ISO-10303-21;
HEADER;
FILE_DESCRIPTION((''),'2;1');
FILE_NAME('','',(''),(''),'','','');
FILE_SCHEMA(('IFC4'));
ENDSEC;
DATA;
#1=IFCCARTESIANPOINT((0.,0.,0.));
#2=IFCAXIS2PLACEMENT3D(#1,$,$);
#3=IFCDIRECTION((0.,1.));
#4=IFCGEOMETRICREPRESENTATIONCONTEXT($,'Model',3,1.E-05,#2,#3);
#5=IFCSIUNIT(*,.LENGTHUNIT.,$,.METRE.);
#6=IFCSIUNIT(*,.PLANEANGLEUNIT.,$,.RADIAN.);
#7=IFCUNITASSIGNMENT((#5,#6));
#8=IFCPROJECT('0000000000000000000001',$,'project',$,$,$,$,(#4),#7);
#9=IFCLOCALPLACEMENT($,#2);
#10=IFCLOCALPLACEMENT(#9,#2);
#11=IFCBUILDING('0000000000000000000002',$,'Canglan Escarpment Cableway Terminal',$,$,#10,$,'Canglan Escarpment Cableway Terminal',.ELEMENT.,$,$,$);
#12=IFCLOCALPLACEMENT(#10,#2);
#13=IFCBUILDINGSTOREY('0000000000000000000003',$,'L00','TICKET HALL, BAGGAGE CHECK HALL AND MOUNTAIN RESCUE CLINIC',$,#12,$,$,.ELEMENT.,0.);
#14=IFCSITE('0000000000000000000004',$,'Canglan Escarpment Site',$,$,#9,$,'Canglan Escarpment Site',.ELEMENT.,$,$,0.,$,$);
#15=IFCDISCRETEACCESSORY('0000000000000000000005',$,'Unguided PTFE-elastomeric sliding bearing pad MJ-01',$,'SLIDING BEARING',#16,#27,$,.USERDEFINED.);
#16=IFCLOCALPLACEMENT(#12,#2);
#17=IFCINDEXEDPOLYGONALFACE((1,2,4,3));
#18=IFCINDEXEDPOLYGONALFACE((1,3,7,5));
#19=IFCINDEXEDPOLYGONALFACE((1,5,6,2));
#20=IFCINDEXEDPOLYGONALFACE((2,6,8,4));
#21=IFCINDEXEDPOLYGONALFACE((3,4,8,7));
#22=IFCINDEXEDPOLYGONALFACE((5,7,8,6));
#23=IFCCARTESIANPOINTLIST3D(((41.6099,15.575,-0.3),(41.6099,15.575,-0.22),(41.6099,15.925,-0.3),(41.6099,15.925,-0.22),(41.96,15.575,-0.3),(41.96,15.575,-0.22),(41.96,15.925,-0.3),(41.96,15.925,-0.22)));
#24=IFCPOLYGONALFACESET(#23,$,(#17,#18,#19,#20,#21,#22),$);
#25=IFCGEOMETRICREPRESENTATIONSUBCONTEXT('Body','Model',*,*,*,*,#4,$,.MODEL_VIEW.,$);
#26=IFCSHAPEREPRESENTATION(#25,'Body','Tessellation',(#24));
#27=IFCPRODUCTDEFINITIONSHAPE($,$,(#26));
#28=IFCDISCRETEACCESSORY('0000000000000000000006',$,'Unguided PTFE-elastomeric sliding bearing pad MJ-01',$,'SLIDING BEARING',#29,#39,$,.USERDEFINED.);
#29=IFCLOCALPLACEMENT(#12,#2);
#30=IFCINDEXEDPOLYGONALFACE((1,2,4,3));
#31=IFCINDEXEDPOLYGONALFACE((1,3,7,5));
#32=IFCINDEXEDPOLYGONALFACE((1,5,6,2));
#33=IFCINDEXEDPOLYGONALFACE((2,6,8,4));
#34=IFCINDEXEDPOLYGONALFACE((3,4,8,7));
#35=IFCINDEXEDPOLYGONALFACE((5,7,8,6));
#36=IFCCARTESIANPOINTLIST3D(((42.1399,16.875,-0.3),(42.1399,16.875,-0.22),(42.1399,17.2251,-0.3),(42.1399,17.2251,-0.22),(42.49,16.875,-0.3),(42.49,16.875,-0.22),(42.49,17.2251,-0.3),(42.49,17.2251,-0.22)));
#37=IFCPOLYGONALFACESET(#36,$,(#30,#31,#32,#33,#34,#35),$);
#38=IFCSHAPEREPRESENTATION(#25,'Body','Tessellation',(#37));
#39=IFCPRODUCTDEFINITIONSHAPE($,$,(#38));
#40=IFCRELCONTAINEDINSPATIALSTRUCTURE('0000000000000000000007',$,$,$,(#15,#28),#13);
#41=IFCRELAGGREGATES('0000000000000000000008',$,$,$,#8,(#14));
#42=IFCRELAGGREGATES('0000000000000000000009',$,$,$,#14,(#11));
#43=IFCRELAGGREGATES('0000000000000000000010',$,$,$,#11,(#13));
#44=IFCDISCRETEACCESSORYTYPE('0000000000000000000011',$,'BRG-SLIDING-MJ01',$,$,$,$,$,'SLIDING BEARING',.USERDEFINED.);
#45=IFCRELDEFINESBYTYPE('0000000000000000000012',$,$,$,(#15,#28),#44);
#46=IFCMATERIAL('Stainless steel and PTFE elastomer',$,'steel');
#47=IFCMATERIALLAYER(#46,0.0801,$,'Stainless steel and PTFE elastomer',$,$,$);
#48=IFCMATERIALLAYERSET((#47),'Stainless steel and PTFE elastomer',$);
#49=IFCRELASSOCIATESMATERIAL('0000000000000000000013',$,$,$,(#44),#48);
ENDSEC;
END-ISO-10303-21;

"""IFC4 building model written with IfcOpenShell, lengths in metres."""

from ifc_helpers import new_model, si_unit, direction, frame, origin, origin_2d, place, context, subcontext, project, spatial, rectangle, extrude, material, layer, layer_set, type_object, element, save


model = new_model("IFC4")

# Units and contexts
model_context = context("Model", 3, precision=1e-05, world=origin(), true_north=direction((0.0, 1.0)))
body_context = subcontext(model_context, "Body", "Model", "MODEL_VIEW")
ifc_project = project(units=[si_unit("LENGTHUNIT", "METRE"), si_unit("PLANEANGLEUNIT", "RADIAN")], contexts=[model_context])

# Site, building, storey
site_placement = place(None, origin())
site = spatial("IfcSite", under=ifc_project, at=site_placement, Name="Canglan Escarpment Site", LongName="Canglan Escarpment Site", CompositionType="ELEMENT", RefElevation=0.0)
building_placement = place(site_placement, origin())
building = spatial("IfcBuilding", under=site, at=building_placement, Name="Canglan Escarpment Cableway Terminal", LongName="Canglan Escarpment Cableway Terminal", CompositionType="ELEMENT")
storey_placement = place(building_placement, origin())
storey = spatial("IfcBuildingStorey", under=building, at=storey_placement, Name="L00", Description="TICKET HALL, BAGGAGE CHECK HALL AND MOUNTAIN RESCUE CLINIC", CompositionType="ELEMENT", Elevation=0.0)

# Discrete accessories
ifc_material_1 = material(Name="Stainless steel and PTFE elastomer", Category="steel")
ifc_layer_1 = layer(ifc_material_1, 0.0801, Name="Stainless steel and PTFE elastomer")
ifc_layer_set_1 = layer_set([ifc_layer_1], Name="Stainless steel and PTFE elastomer")
discrete_accessory_type_1 = type_object("IfcDiscreteAccessoryType", Name="BRG-SLIDING-MJ01", ElementType="SLIDING BEARING", PredefinedType="USERDEFINED", material=ifc_layer_set_1)
for number, where, z_axis, x_axis, name in (
    (1, (41.7849, 15.75, -0.3), (0.0, 0.0, 1.0), (1.0, 0.0, 0.0), "Unguided PTFE-elastomeric sliding bearing pad MJ-01"),
    (2, (42.3149, 17.05, -0.3), (0.0, 0.0, 1.0), (1.0, 0.0, 0.0), "Unguided PTFE-elastomeric sliding bearing pad MJ-01"),
):
    element("IfcDiscreteAccessory", number, at=place(storey_placement, frame(where, z_axis=z_axis, x_axis=x_axis)), inside=storey, type_object=discrete_accessory_type_1, Name=name, ObjectType="SLIDING BEARING", PredefinedType="USERDEFINED", context=body_context, shape_type="SweptSolid", body=[
        extrude(rectangle(XDim=0.3501, YDim=0.3501, at=origin_2d()), origin(), (0.0, 0.0, 1.0), 0.0801),
    ])

save(model, "model.ifc")
